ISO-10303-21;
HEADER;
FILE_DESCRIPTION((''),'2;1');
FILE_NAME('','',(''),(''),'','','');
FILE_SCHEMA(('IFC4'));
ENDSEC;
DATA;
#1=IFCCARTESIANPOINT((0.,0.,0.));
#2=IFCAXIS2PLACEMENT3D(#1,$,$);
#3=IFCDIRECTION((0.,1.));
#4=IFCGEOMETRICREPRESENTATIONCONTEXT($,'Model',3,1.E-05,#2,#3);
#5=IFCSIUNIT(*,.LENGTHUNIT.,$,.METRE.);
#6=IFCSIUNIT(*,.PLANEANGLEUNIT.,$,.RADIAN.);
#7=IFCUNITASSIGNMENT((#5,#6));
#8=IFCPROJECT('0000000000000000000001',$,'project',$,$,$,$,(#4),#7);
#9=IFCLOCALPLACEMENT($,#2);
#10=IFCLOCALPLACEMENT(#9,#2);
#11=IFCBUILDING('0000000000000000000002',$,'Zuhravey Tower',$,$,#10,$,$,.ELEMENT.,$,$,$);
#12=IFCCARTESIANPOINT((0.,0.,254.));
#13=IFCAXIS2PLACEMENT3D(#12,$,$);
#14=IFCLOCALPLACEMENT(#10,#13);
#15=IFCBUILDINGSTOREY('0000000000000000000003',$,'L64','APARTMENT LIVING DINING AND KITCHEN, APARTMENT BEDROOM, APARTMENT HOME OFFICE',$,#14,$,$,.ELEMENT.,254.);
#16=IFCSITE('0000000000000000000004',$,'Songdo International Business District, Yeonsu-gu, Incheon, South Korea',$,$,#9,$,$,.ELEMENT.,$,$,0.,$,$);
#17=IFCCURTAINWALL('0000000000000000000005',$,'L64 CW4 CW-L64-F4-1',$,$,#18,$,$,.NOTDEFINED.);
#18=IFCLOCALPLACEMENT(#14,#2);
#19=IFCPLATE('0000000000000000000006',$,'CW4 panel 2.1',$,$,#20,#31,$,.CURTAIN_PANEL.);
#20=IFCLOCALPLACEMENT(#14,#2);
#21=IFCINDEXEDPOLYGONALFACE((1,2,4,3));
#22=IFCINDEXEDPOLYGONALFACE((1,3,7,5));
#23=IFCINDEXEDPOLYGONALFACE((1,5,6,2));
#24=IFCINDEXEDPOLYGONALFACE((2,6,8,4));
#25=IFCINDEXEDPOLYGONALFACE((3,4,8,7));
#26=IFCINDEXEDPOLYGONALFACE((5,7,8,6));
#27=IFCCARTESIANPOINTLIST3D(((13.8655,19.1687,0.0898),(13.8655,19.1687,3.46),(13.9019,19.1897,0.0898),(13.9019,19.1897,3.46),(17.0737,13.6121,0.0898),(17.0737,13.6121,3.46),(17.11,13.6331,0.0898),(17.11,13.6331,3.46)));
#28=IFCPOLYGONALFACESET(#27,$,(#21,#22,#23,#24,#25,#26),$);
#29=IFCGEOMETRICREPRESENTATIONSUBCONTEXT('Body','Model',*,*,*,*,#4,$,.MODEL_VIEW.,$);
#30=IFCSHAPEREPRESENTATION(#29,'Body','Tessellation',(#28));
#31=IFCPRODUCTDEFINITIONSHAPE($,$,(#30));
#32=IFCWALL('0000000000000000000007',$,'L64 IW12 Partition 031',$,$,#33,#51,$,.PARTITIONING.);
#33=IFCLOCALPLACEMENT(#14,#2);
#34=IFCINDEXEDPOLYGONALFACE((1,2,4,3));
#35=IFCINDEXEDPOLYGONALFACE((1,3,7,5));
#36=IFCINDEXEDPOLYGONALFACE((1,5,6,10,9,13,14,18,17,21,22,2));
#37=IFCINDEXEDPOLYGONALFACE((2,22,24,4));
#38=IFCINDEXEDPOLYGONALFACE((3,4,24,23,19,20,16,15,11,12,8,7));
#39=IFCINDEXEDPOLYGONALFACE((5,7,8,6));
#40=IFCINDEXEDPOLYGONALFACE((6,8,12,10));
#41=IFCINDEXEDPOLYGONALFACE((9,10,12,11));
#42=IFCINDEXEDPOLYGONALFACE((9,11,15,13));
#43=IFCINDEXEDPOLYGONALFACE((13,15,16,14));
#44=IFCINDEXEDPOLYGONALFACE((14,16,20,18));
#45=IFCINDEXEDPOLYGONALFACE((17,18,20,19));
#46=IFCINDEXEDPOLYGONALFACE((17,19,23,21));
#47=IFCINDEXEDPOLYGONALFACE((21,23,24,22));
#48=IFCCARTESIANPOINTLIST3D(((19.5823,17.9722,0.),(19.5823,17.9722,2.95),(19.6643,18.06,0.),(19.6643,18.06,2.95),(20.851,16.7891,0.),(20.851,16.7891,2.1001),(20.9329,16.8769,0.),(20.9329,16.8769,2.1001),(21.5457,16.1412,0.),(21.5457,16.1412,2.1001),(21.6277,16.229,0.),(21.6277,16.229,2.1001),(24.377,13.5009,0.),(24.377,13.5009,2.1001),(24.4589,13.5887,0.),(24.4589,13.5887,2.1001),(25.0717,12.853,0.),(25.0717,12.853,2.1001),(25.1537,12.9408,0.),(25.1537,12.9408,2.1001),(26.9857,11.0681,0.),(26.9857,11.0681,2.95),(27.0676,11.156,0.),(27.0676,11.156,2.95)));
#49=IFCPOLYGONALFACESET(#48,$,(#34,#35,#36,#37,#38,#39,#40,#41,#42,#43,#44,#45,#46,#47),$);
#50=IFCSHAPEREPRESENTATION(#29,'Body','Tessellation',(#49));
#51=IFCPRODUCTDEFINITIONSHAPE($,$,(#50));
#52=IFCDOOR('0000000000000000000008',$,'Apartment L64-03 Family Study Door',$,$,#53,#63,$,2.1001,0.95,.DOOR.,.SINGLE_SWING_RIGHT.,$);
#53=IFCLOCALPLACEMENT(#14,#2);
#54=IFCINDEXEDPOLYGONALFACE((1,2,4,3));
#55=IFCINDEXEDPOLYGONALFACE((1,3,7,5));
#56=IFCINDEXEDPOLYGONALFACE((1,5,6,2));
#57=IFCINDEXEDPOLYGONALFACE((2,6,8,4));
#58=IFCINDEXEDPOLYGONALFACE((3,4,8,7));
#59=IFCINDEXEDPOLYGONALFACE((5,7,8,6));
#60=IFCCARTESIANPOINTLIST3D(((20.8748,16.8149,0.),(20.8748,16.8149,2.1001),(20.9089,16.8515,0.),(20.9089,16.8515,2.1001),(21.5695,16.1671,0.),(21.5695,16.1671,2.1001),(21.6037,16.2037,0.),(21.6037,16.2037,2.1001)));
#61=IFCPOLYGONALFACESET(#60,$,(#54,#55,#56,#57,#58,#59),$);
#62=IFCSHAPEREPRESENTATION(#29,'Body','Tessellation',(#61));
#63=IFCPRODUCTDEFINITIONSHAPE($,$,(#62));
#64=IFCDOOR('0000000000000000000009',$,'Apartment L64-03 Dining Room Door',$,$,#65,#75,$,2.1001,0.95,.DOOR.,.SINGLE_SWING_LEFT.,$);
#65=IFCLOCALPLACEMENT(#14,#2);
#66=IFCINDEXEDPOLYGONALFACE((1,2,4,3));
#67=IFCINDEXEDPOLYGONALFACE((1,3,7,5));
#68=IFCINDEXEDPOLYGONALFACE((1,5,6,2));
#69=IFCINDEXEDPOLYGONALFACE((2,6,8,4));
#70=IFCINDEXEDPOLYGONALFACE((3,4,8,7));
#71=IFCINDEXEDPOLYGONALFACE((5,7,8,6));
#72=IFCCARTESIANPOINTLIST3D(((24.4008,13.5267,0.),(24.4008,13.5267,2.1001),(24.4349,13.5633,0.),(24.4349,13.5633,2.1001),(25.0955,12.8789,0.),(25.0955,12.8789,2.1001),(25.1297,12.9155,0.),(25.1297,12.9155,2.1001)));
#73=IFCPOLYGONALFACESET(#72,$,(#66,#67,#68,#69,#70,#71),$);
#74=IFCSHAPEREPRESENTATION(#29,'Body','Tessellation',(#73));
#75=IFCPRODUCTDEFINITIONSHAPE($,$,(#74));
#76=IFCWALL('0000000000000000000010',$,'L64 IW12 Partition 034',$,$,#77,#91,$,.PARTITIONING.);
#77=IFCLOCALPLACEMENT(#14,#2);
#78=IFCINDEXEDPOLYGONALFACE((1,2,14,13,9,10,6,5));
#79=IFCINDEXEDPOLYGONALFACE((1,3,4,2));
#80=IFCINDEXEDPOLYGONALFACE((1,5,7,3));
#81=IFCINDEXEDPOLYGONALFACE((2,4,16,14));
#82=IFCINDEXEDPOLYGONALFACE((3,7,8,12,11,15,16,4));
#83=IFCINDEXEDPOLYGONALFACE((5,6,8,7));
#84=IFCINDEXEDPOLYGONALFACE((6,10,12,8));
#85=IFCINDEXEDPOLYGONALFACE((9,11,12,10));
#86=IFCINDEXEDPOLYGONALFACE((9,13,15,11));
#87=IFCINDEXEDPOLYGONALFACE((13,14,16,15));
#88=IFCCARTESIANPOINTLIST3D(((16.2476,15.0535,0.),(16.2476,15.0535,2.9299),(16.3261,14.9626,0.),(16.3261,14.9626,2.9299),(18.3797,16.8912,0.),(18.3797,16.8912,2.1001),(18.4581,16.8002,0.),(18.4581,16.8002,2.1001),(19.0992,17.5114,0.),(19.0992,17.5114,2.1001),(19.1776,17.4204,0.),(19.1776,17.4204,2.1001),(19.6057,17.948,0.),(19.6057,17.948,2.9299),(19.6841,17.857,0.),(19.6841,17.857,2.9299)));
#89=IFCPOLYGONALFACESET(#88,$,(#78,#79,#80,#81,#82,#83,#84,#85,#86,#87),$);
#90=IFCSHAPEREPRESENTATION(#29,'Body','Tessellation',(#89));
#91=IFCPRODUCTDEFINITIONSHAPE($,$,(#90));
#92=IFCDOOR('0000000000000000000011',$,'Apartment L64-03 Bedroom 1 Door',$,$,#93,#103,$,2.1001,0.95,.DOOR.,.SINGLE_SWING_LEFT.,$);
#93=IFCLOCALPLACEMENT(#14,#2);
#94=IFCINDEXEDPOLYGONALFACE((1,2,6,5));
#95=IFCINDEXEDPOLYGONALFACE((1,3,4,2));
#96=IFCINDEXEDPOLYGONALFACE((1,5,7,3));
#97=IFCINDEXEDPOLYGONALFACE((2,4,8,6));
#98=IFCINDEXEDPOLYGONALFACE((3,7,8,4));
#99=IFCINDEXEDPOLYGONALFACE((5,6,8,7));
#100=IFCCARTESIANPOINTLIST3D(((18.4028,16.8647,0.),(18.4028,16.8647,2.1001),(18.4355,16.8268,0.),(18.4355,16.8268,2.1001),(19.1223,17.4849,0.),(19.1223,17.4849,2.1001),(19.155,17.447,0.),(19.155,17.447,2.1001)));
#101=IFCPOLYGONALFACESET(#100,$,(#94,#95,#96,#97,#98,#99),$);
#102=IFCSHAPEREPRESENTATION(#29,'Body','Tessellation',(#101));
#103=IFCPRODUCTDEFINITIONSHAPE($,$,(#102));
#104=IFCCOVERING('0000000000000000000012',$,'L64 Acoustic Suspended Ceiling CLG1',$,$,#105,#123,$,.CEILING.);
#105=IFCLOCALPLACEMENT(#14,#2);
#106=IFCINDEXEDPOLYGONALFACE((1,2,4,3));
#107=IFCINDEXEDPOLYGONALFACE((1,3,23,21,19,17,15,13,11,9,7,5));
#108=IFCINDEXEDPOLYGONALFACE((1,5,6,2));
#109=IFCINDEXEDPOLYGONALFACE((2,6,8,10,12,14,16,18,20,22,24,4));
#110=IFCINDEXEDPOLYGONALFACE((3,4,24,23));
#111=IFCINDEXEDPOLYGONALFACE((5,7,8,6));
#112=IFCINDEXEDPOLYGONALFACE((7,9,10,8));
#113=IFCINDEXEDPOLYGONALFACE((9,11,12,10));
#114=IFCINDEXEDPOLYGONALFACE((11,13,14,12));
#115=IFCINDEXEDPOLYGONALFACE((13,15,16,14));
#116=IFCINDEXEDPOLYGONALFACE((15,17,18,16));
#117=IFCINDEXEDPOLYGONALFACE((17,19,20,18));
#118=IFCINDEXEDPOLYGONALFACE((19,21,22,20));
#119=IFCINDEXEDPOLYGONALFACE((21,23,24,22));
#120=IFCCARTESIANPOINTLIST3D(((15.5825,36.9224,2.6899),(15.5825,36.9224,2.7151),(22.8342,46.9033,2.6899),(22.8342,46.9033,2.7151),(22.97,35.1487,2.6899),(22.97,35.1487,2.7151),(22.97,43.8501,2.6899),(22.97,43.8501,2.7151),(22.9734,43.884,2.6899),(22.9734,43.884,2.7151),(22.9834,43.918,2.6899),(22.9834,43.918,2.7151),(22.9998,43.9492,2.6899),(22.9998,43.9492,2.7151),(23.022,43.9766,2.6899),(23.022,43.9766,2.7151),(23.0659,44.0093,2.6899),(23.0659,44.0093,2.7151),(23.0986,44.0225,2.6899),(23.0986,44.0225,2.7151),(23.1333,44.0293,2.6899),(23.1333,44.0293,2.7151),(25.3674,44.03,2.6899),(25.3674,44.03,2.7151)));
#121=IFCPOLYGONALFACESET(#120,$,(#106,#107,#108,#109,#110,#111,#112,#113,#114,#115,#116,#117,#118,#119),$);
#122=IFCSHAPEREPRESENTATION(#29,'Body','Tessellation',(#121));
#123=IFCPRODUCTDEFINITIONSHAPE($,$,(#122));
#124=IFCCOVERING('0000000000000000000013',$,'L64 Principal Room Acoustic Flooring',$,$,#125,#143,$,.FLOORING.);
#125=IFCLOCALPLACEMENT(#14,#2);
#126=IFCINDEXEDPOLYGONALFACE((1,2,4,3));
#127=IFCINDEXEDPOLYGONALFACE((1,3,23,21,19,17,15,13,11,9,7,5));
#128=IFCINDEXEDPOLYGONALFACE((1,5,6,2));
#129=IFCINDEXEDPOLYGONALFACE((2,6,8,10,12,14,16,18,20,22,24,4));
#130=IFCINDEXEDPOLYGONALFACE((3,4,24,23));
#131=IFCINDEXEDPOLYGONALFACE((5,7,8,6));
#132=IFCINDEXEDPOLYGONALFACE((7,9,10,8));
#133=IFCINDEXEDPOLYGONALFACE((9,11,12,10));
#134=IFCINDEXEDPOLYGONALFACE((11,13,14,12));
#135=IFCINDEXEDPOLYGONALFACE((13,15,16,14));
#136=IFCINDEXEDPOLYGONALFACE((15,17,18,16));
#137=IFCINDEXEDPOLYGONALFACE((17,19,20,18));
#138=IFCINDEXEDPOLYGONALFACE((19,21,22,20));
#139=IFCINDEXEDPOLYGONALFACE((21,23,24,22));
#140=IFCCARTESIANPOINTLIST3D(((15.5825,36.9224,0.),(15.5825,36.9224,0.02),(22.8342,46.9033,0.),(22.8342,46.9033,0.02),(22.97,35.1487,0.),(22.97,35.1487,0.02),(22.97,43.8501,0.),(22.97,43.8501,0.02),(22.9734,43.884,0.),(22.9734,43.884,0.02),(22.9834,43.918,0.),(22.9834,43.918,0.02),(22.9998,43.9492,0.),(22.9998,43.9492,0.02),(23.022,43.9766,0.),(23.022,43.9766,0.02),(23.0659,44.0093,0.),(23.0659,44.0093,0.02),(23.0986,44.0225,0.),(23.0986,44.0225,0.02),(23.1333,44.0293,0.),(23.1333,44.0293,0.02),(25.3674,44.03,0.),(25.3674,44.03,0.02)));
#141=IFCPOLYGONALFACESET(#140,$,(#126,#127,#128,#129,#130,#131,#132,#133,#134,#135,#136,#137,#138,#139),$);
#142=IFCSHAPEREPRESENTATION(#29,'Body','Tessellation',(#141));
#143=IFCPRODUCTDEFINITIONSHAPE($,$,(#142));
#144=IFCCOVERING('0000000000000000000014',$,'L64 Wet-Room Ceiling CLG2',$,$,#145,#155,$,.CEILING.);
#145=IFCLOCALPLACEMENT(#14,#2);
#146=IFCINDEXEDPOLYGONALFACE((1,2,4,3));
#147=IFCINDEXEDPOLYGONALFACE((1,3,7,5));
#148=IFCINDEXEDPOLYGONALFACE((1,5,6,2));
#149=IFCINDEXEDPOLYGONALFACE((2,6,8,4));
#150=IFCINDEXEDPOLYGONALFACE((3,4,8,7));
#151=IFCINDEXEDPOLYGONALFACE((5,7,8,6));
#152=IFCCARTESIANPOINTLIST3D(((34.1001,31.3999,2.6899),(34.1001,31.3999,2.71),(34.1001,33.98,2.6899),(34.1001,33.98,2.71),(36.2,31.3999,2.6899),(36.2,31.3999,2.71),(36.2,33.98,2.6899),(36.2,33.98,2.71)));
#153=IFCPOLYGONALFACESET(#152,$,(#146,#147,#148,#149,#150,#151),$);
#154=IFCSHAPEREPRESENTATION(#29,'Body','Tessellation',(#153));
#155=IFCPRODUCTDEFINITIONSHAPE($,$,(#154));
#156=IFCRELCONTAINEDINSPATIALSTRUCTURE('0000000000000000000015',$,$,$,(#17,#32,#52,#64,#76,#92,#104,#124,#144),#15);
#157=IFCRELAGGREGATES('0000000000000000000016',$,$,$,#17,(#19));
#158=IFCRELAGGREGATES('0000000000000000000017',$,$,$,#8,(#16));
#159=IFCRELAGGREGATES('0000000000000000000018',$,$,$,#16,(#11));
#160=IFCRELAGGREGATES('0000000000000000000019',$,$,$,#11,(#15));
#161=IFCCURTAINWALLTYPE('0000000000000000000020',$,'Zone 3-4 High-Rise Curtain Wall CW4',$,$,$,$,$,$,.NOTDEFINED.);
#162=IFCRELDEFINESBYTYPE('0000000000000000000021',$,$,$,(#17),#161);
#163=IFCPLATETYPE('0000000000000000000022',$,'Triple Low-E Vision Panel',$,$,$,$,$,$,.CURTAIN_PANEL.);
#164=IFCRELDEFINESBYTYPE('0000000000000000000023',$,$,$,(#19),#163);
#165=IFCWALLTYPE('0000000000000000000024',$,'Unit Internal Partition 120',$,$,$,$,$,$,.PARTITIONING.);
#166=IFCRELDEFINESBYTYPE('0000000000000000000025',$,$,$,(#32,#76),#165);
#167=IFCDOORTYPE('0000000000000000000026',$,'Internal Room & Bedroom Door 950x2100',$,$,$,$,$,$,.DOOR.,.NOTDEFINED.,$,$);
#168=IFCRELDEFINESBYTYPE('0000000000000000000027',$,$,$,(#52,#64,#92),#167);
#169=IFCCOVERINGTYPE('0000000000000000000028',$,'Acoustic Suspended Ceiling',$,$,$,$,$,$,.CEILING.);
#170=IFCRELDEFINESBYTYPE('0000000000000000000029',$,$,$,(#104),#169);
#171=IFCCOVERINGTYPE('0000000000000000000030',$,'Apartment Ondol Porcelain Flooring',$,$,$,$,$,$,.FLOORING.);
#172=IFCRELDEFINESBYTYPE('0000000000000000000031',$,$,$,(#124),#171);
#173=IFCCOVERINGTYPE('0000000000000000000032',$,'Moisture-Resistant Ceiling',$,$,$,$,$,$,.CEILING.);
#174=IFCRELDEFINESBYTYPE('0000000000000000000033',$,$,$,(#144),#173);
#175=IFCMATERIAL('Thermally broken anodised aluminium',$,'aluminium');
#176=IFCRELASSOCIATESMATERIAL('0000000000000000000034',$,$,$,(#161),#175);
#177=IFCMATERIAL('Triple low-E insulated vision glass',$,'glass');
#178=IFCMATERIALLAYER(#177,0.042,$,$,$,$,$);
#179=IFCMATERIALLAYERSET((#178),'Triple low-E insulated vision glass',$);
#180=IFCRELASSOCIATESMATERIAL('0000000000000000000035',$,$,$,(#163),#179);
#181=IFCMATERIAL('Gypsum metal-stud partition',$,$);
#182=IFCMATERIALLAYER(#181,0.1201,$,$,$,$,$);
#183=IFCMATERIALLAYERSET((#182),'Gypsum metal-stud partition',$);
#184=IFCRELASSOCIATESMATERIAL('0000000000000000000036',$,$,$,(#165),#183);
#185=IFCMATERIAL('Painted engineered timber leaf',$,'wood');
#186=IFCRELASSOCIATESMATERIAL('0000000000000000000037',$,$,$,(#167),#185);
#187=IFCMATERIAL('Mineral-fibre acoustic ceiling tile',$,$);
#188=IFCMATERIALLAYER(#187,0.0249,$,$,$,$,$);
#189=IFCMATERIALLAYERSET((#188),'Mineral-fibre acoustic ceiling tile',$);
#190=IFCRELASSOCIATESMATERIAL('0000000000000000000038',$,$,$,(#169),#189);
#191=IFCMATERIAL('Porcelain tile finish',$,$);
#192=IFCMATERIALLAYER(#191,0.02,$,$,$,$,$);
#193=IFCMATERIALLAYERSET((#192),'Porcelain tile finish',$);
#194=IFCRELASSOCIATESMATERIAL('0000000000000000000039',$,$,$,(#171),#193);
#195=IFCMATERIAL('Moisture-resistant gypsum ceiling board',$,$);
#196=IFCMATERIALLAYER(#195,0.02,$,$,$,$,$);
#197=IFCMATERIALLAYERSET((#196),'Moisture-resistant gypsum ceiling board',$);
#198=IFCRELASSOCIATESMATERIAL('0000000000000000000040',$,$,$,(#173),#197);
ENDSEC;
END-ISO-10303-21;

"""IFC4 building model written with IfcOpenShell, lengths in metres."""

from ifc_helpers import new_model, si_unit, direction, frame, frame_2d, origin, origin_2d, place, context, subcontext, project, spatial, polyline, rectangle, outline, extrude, material, layer, layer_set, type_object, element, fill, aggregate, save


model = new_model("IFC4")

# Units and contexts
model_context = context("Model", 3, precision=1e-05, world=origin(), true_north=direction((0.0, 1.0)))
body_context = subcontext(model_context, "Body", "Model", "MODEL_VIEW")
ifc_project = project(units=[si_unit("LENGTHUNIT", "METRE"), si_unit("PLANEANGLEUNIT", "RADIAN")], contexts=[model_context])

# Site, building, storey
site_placement = place(None, origin())
site = spatial("IfcSite", under=ifc_project, at=site_placement, Name="Songdo International Business District, Yeonsu-gu, Incheon, South Korea", CompositionType="ELEMENT", RefElevation=0.0)
building_placement = place(site_placement, origin())
building = spatial("IfcBuilding", under=site, at=building_placement, Name="Zuhravey Tower", CompositionType="ELEMENT")
storey_placement = place(building_placement, frame((0.0, 0.0, 254.0)))
storey = spatial("IfcBuildingStorey", under=building, at=storey_placement, Name="L64", Description="APARTMENT LIVING DINING AND KITCHEN, APARTMENT BEDROOM, APARTMENT HOME OFFICE", CompositionType="ELEMENT", Elevation=254.0)

# Curtain wall
ifc_material_1 = material(Name="Thermally broken anodised aluminium", Category="aluminium")
curtain_wall_type = type_object("IfcCurtainWallType", Name="Zone 3-4 High-Rise Curtain Wall CW4", PredefinedType="NOTDEFINED", material=ifc_material_1)
curtain_wall_placement = place(storey_placement, origin())
curtain_wall = element("IfcCurtainWall", 1, at=curtain_wall_placement, inside=storey, type_object=curtain_wall_type, Name="L64 CW4 CW-L64-F4-1", PredefinedType="NOTDEFINED")

# Plate
ifc_material_2 = material(Name="Triple low-E insulated vision glass", Category="glass")
ifc_layer_1 = layer(ifc_material_2, 0.042)
ifc_layer_set_1 = layer_set([ifc_layer_1], Name="Triple low-E insulated vision glass")
plate_type_1 = type_object("IfcPlateType", Name="Triple Low-E Vision Panel", PredefinedType="CURTAIN_PANEL", material=ifc_layer_set_1)
plate_1_placement = place(storey_placement, frame((15.4878, 16.4009, 0.0898), z_axis=(0.0, 0.0, 1.0), x_axis=(-0.500001, 0.866025, 0.0)))
plate_1 = element("IfcPlate", 2, at=plate_1_placement, type_object=plate_type_1, Name="CW4 panel 2.1", PredefinedType="CURTAIN_PANEL", context=body_context, shape_type="SweptSolid", body=[
    extrude(rectangle(XDim=6.4163, YDim=0.042, at=origin_2d()), origin(), (0.0, 0.0, 1.0), 3.3701),
])
aggregate(curtain_wall, [plate_1])

# Wall, openings, doors
ifc_material_3 = material(Name="Gypsum metal-stud partition")
ifc_layer_2 = layer(ifc_material_3, 0.1201)
ifc_layer_set_2 = layer_set([ifc_layer_2], Name="Gypsum metal-stud partition")
wall_type = type_object("IfcWallType", Name="Unit Internal Partition 120", PredefinedType="PARTITIONING", material=ifc_layer_set_2)
wall_1_placement = place(storey_placement, frame((19.6233, 18.0161, 0.0), z_axis=(0.0, 0.0, 1.0), x_axis=(0.731337, -0.682017, 0.0)))
wall_1 = element("IfcWall", 3, at=wall_1_placement, inside=storey, type_object=wall_type, Name="L64 IW12 Partition 031", PredefinedType="PARTITIONING", context=body_context, shape_type="SweptSolid", body=[
    extrude(rectangle(XDim=10.123, YDim=0.1201, at=frame_2d((5.0615, 0.0))), origin(), (0.0, 0.0, 1.0), 2.95),
])
opening_1_placement = place(wall_1_placement, frame((1.7346, 0.0, 0.0)))
opening_1 = element("IfcOpeningElement", 4, at=opening_1_placement, cuts=wall_1, PredefinedType="OPENING", context=body_context, shape_type="SweptSolid", body=[
    extrude(rectangle(XDim=0.95, YDim=2.1001, at=frame_2d((0.4751, 1.05))), frame((0.0, 0.072, 0.0), z_axis=(0.0, -1.0, 0.0), x_axis=(1.0, 0.0, 0.0)), (0.0, 0.0, 1.0), 0.144),
])
opening_2_placement = place(wall_1_placement, frame((6.5559, 0.0, 0.0)))
opening_2 = element("IfcOpeningElement", 5, at=opening_2_placement, cuts=wall_1, PredefinedType="OPENING", context=body_context, shape_type="SweptSolid", body=[
    extrude(rectangle(XDim=0.95, YDim=2.1001, at=frame_2d((0.4751, 1.05))), frame((0.0, 0.072, 0.0), z_axis=(0.0, -1.0, 0.0), x_axis=(1.0, 0.0, 0.0)), (0.0, 0.0, 1.0), 0.144),
])
ifc_material_4 = material(Name="Painted engineered timber leaf", Category="wood")
door_type = type_object("IfcDoorType", Name="Internal Room & Bedroom Door 950x2100", OperationType="NOTDEFINED", PredefinedType="DOOR", material=ifc_material_4)
door_1_placement = place(opening_1_placement, frame((0.95, 0.0, 0.0), z_axis=(0.0, 0.0, 1.0), x_axis=(-1.0, 0.0, 0.0)))
door_1 = element("IfcDoor", 6, at=door_1_placement, inside=storey, type_object=door_type, Name="Apartment L64-03 Family Study Door", OperationType="SINGLE_SWING_RIGHT", OverallHeight=2.1001, OverallWidth=0.95, PredefinedType="DOOR", context=body_context, shape_type="SweptSolid", body=[
    extrude(rectangle(XDim=0.95, YDim=2.1001, at=frame_2d((0.4751, 1.05))), frame((0.0, 0.0249, 0.0), z_axis=(0.0, -1.0, 0.0), x_axis=(1.0, 0.0, 0.0)), (0.0, 0.0, 1.0), 0.05),
])
fill(opening_1, door_1)
door_2_placement = place(opening_2_placement, frame((0.95, 0.0, 0.0), z_axis=(0.0, 0.0, 1.0), x_axis=(-1.0, 0.0, 0.0)))
door_2 = element("IfcDoor", 7, at=door_2_placement, inside=storey, type_object=door_type, Name="Apartment L64-03 Dining Room Door", OperationType="SINGLE_SWING_LEFT", OverallHeight=2.1001, OverallWidth=0.95, PredefinedType="DOOR", context=body_context, shape_type="SweptSolid", body=[
    extrude(rectangle(XDim=0.95, YDim=2.1001, at=frame_2d((0.4751, 1.05))), frame((0.0, 0.0249, 0.0), z_axis=(0.0, -1.0, 0.0), x_axis=(1.0, 0.0, 0.0)), (0.0, 0.0, 1.0), 0.05),
])
fill(opening_2, door_2)

# Wall, opening, door
wall_2_placement = place(storey_placement, frame((19.645, 17.9026, 0.0), z_axis=(0.0, 0.0, 1.0), x_axis=(-0.757458, -0.652884, 0.0)))
wall_2 = element("IfcWall", 8, at=wall_2_placement, inside=storey, type_object=wall_type, Name="L64 IW12 Partition 034", PredefinedType="PARTITIONING", context=body_context, shape_type="SweptSolid", body=[
    extrude(rectangle(XDim=4.4333, YDim=0.1201, at=frame_2d((2.2168, 0.0))), origin(), (0.0, 0.0, 1.0), 2.9299),
])
opening_3_placement = place(wall_2_placement, frame((0.6687, 0.0, 0.0)))
opening_3 = element("IfcOpeningElement", 9, at=opening_3_placement, cuts=wall_2, PredefinedType="OPENING", context=body_context, shape_type="SweptSolid", body=[
    extrude(rectangle(XDim=0.95, YDim=2.1001, at=frame_2d((0.4751, 1.05))), frame((0.0, 0.072, 0.0), z_axis=(0.0, -1.0, 0.0), x_axis=(1.0, 0.0, 0.0)), (0.0, 0.0, 1.0), 0.144),
])
door_3_placement = place(opening_3_placement, frame((0.95, 0.0, 0.0), z_axis=(0.0, 0.0, 1.0), x_axis=(-1.0, 0.0, 0.0)))
door_3 = element("IfcDoor", 10, at=door_3_placement, inside=storey, type_object=door_type, Name="Apartment L64-03 Bedroom 1 Door", OperationType="SINGLE_SWING_LEFT", OverallHeight=2.1001, OverallWidth=0.95, PredefinedType="DOOR", context=body_context, shape_type="SweptSolid", body=[
    extrude(rectangle(XDim=0.95, YDim=2.1001, at=frame_2d((0.4751, 1.05))), frame((0.0, 0.0249, 0.0), z_axis=(0.0, -1.0, 0.0), x_axis=(1.0, 0.0, 0.0)), (0.0, 0.0, 1.0), 0.05),
])
fill(opening_3, door_3)

# Coverings
ifc_material_5 = material(Name="Mineral-fibre acoustic ceiling tile")
ifc_layer_3 = layer(ifc_material_5, 0.0249)
ifc_layer_set_3 = layer_set([ifc_layer_3], Name="Mineral-fibre acoustic ceiling tile")
covering_type_1 = type_object("IfcCoveringType", Name="Acoustic Suspended Ceiling", PredefinedType="CEILING", material=ifc_layer_set_3)
covering_1_placement = place(storey_placement, frame((0.0, 0.0, 2.6899)))
element("IfcCovering", 11, at=covering_1_placement, inside=storey, type_object=covering_type_1, Name="L64 Acoustic Suspended Ceiling CLG1", PredefinedType="CEILING", context=body_context, shape_type="SweptSolid", body=[
    extrude(outline(polyline([(23.1333, 44.0293), (23.0986, 44.0225), (23.0659, 44.0093), (23.022, 43.9766), (22.9998, 43.9492), (22.9834, 43.918), (22.9734, 43.884), (22.97, 43.8501), (22.97, 35.1487), (15.5825, 36.9224), (22.8342, 46.9033), (25.3674, 44.03), (23.1333, 44.0293)])), origin(), (0.0, 0.0, 1.0), 0.0251),
])
ifc_material_6 = material(Name="Porcelain tile finish")
ifc_layer_4 = layer(ifc_material_6, 0.02)
ifc_layer_set_4 = layer_set([ifc_layer_4], Name="Porcelain tile finish")
covering_type_2 = type_object("IfcCoveringType", Name="Apartment Ondol Porcelain Flooring", PredefinedType="FLOORING", material=ifc_layer_set_4)
covering_2_placement = place(storey_placement, origin())
element("IfcCovering", 12, at=covering_2_placement, inside=storey, type_object=covering_type_2, Name="L64 Principal Room Acoustic Flooring", PredefinedType="FLOORING", context=body_context, shape_type="SweptSolid", body=[
    extrude(outline(polyline([(23.1333, 44.0293), (23.0986, 44.0225), (23.0659, 44.0093), (23.022, 43.9766), (22.9998, 43.9492), (22.9834, 43.918), (22.9734, 43.884), (22.97, 43.8501), (22.97, 35.1487), (15.5825, 36.9224), (22.8342, 46.9033), (25.3674, 44.03), (23.1333, 44.0293)])), origin(), (0.0, 0.0, 1.0), 0.02),
])
ifc_material_7 = material(Name="Moisture-resistant gypsum ceiling board")
ifc_layer_5 = layer(ifc_material_7, 0.02)
ifc_layer_set_5 = layer_set([ifc_layer_5], Name="Moisture-resistant gypsum ceiling board")
covering_type_3 = type_object("IfcCoveringType", Name="Moisture-Resistant Ceiling", PredefinedType="CEILING", material=ifc_layer_set_5)
covering_3_placement = place(storey_placement, frame((0.0, 0.0, 2.6899)))
element("IfcCovering", 13, at=covering_3_placement, inside=storey, type_object=covering_type_3, Name="L64 Wet-Room Ceiling CLG2", PredefinedType="CEILING", context=body_context, shape_type="SweptSolid", body=[
    extrude(outline(polyline([(36.2, 31.3999), (36.2, 33.98), (34.1001, 33.98), (34.1001, 31.3999), (36.2, 31.3999)])), origin(), (0.0, 0.0, 1.0), 0.02),
])

save(model, "model.ifc")
